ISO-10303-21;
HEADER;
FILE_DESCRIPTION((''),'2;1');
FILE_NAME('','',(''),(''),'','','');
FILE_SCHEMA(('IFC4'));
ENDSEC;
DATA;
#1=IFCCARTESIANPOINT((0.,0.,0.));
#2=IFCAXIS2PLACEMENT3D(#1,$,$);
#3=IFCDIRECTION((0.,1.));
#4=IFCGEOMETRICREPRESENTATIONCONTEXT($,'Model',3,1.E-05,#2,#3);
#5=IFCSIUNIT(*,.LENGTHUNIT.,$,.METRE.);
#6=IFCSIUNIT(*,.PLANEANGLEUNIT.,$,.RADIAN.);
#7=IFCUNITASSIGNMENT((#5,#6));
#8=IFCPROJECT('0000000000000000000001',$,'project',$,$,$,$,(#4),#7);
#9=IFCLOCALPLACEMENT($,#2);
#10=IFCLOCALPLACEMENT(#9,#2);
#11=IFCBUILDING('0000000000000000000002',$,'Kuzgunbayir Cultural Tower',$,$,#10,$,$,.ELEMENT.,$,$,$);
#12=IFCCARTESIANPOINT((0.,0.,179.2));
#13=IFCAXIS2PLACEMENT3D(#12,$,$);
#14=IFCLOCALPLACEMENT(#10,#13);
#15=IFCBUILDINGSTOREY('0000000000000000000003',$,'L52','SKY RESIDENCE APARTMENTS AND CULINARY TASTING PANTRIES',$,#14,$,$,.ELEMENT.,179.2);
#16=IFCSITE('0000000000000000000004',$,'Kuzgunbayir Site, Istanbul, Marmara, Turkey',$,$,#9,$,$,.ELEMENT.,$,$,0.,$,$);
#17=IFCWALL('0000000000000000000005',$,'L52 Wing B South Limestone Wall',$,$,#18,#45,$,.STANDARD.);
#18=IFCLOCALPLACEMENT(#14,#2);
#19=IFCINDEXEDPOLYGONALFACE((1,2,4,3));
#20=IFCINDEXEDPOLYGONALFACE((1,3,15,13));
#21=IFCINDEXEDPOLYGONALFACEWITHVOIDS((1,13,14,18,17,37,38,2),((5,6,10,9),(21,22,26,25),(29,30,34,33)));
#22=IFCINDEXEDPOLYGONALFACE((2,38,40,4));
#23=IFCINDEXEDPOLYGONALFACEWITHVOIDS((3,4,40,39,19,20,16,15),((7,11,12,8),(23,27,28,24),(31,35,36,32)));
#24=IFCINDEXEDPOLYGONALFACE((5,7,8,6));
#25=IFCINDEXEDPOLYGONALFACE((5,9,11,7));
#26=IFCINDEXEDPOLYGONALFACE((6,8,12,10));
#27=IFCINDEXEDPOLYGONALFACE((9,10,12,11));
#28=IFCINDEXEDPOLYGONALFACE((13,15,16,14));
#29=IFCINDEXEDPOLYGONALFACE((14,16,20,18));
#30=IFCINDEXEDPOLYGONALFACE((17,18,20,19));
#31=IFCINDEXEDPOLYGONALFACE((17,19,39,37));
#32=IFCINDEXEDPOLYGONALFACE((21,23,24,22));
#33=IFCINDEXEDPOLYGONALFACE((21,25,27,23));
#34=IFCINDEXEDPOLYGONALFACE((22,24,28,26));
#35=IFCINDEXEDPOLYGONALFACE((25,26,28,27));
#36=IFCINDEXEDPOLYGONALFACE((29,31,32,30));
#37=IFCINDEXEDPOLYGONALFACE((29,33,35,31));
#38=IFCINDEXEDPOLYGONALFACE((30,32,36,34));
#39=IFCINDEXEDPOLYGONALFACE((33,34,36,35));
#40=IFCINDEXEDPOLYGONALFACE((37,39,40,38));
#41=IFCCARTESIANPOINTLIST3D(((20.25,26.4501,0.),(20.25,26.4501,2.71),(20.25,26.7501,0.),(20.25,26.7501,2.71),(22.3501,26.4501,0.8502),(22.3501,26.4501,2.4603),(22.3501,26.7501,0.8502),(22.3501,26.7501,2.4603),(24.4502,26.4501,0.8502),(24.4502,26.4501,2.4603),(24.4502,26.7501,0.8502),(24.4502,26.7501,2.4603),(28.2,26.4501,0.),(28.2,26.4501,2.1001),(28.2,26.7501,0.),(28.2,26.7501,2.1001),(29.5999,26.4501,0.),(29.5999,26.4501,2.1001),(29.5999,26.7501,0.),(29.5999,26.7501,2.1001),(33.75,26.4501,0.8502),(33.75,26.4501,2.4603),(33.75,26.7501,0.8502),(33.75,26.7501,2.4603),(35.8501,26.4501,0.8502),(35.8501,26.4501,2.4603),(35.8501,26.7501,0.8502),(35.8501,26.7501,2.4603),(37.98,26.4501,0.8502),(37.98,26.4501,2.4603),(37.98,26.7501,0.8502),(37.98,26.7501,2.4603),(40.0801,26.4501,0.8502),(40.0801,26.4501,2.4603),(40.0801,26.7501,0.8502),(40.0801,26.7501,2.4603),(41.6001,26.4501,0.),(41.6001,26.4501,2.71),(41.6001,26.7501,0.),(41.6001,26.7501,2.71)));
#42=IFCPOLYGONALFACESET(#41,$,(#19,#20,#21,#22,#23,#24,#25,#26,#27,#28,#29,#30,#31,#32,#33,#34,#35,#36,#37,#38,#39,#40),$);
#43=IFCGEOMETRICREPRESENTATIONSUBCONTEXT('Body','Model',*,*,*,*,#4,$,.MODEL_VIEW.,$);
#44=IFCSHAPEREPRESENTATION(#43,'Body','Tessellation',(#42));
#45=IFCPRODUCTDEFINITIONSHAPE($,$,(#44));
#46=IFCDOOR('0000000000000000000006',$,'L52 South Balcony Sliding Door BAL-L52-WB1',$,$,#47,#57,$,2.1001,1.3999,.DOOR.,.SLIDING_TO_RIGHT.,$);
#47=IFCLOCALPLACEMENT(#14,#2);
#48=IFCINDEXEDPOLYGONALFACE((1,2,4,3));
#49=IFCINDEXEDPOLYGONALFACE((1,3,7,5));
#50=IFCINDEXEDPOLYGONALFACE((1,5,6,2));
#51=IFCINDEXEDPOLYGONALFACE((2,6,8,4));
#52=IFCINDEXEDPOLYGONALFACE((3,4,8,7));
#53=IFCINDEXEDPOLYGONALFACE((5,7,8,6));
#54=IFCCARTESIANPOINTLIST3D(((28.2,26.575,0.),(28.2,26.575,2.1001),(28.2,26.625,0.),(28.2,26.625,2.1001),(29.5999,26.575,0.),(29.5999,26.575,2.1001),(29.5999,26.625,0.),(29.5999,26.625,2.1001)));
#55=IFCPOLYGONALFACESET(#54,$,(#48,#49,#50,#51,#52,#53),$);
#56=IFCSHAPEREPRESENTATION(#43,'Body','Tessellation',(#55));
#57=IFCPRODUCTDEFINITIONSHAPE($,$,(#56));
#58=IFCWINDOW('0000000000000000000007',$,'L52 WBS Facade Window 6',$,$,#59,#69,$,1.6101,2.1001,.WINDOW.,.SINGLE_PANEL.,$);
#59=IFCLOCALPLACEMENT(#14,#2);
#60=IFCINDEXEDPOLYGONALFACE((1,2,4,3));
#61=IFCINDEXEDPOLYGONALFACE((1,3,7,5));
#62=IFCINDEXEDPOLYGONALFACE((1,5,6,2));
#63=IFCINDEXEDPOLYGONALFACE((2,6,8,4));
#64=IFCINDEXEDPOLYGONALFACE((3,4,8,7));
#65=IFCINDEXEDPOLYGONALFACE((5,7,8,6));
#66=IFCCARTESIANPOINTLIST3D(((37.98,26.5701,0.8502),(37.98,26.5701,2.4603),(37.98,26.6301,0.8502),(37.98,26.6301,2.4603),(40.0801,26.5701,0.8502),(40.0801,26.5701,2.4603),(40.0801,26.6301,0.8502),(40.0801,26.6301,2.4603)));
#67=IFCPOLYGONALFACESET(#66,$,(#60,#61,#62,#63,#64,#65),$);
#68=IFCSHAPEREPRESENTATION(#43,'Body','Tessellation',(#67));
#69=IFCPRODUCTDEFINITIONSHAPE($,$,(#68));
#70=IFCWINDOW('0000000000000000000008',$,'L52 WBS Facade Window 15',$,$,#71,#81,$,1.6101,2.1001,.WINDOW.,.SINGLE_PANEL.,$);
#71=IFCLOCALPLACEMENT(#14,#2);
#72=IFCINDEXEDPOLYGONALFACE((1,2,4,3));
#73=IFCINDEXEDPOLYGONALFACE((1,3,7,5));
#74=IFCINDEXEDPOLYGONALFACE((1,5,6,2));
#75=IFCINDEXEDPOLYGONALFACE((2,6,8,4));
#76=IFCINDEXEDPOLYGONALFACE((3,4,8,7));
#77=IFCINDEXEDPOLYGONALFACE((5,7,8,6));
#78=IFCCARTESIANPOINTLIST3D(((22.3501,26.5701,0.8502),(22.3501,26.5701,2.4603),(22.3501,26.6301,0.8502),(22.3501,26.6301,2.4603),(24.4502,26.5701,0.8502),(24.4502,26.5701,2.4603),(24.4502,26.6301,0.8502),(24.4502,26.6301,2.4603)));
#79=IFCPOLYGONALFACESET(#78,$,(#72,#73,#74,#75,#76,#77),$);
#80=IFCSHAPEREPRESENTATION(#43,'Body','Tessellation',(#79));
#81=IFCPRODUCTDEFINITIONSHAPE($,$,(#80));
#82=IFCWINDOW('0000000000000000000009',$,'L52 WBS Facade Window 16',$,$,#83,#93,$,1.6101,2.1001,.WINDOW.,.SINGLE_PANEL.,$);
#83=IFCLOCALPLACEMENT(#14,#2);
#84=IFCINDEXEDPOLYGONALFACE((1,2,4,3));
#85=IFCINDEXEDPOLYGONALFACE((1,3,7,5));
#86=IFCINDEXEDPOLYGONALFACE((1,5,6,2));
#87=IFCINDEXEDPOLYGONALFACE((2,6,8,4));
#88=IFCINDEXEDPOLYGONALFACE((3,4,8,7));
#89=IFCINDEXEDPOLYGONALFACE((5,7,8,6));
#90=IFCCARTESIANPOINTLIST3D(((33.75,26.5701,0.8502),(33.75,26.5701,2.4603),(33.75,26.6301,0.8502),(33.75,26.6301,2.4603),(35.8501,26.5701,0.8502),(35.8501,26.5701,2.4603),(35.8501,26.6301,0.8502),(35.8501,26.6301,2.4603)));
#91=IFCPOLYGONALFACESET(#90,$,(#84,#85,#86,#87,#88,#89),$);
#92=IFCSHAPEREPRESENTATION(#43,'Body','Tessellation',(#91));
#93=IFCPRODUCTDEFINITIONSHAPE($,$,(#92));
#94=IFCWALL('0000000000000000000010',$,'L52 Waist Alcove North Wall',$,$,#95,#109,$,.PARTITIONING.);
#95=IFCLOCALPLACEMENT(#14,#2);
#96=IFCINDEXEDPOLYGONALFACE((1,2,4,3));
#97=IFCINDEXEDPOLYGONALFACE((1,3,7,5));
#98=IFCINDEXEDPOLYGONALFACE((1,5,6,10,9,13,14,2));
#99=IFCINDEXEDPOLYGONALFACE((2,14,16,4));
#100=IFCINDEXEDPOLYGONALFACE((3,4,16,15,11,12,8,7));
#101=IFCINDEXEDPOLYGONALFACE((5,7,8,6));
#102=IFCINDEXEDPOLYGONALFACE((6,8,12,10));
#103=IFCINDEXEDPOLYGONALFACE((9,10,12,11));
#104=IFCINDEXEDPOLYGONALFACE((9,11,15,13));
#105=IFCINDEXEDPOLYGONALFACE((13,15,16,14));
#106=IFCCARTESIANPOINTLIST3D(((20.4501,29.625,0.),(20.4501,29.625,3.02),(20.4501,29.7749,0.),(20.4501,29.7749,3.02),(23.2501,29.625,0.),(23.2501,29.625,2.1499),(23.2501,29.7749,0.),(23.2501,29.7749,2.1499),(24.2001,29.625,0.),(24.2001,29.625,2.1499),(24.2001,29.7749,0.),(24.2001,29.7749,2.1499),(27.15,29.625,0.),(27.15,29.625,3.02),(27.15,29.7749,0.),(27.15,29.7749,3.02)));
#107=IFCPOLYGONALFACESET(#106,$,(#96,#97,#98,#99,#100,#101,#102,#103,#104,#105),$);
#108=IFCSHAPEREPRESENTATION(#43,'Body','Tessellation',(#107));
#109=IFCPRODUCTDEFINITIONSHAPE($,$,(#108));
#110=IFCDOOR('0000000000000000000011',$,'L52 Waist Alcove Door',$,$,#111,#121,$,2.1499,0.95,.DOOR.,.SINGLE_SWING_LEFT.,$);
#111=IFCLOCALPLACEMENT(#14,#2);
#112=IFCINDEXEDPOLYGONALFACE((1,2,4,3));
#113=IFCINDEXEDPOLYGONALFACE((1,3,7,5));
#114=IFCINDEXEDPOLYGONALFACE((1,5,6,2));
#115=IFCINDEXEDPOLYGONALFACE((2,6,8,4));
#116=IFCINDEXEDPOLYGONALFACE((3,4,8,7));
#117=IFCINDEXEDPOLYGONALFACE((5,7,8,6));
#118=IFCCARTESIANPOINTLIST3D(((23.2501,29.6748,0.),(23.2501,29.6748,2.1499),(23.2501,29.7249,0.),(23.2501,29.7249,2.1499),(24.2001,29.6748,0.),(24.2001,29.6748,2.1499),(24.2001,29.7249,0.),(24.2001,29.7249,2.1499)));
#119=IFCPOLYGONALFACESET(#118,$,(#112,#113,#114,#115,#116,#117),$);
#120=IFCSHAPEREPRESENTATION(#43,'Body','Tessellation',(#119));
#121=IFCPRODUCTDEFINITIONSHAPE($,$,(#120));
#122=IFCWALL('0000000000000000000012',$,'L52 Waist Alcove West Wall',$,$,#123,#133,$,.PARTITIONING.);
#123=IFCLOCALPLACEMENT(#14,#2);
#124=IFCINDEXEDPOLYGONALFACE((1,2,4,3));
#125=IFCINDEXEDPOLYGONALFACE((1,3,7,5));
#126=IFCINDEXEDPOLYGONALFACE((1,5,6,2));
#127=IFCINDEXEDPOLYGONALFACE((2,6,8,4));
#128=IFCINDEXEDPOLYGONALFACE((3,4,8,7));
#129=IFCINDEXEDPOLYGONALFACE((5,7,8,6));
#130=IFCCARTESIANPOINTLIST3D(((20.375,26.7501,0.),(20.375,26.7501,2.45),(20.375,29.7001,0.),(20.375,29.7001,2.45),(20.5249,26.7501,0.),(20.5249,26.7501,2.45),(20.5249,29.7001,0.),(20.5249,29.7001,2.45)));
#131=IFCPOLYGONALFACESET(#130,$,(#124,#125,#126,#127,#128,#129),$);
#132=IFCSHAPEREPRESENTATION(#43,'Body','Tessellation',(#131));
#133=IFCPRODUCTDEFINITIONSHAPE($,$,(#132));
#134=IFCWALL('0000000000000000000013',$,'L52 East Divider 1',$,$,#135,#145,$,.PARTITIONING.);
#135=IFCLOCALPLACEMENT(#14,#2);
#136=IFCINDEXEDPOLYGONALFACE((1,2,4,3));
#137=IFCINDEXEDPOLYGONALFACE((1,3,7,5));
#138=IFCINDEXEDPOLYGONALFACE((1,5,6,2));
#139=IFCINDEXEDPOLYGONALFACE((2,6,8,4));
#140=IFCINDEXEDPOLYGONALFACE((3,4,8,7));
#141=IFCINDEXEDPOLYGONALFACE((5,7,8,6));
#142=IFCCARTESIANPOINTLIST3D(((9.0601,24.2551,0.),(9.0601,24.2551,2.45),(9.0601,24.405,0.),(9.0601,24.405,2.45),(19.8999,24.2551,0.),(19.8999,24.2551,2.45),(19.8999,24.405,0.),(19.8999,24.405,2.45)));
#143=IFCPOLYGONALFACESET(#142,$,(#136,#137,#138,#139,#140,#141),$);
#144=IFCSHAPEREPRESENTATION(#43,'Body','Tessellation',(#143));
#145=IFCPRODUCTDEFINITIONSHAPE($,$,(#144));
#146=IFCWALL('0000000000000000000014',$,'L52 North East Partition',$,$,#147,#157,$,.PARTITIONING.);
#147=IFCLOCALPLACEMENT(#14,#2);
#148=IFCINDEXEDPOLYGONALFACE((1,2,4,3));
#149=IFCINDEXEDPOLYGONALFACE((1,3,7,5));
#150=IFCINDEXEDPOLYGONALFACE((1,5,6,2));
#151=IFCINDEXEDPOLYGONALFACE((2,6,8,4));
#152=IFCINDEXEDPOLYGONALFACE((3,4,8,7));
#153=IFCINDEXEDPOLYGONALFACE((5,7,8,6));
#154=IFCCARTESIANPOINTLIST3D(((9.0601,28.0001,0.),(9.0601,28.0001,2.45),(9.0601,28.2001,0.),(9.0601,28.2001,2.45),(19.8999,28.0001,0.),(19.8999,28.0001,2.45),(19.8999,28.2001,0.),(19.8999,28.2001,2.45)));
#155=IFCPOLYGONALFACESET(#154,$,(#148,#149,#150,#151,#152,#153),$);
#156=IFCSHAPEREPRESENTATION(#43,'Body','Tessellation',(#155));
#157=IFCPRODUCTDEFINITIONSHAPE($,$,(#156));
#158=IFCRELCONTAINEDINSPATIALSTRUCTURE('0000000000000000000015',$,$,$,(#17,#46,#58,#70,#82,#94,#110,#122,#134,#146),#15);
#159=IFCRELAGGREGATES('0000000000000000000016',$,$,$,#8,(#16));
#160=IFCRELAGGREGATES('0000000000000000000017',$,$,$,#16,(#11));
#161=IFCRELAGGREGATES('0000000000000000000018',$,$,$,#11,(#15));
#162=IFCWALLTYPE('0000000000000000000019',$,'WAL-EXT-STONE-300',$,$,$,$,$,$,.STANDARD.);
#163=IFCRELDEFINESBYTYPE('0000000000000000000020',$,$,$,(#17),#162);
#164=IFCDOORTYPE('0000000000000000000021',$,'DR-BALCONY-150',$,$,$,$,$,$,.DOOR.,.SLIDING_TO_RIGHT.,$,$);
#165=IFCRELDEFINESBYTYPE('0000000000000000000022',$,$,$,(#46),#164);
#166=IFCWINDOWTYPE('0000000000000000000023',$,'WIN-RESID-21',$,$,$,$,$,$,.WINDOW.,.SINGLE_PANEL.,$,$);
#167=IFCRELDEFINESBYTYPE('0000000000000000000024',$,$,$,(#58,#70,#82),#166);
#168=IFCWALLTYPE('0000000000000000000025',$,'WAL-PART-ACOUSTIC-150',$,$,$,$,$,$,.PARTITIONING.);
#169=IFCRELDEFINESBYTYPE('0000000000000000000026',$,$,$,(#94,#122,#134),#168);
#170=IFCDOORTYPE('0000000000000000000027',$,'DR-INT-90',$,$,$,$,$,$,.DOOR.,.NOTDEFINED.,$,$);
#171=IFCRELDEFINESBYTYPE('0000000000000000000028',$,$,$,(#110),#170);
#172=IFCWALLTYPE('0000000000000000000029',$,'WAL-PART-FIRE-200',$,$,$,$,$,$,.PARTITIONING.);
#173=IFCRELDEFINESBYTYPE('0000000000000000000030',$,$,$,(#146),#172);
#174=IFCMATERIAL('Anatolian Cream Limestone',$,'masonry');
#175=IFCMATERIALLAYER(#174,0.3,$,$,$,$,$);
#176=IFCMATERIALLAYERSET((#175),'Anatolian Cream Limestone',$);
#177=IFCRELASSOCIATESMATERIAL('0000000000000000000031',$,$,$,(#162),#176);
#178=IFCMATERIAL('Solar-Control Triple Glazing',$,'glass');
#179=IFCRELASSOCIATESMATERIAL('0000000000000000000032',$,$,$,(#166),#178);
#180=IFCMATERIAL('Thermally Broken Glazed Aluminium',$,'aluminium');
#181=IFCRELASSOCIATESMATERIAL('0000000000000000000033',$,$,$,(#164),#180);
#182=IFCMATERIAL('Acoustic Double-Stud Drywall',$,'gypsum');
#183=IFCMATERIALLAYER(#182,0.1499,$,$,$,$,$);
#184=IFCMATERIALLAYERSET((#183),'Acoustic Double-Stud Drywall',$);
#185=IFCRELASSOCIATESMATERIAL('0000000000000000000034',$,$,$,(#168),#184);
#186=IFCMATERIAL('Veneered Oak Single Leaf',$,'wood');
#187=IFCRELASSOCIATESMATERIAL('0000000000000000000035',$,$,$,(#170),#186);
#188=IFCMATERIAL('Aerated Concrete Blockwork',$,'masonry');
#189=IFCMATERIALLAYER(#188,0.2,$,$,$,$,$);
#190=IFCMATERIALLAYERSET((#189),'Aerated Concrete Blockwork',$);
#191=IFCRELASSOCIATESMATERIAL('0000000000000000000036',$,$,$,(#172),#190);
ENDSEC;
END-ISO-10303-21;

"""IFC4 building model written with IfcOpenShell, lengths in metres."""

from ifc_helpers import new_model, si_unit, direction, frame, frame_2d, origin, place, context, subcontext, project, spatial, rectangle, extrude, material, layer, layer_set, type_object, element, fill, save


model = new_model("IFC4")

# Units and contexts
model_context = context("Model", 3, precision=1e-05, world=origin(), true_north=direction((0.0, 1.0)))
body_context = subcontext(model_context, "Body", "Model", "MODEL_VIEW")
ifc_project = project(units=[si_unit("LENGTHUNIT", "METRE"), si_unit("PLANEANGLEUNIT", "RADIAN")], contexts=[model_context])

# Site, building, storey
site_placement = place(None, origin())
site = spatial("IfcSite", under=ifc_project, at=site_placement, Name="Kuzgunbayir Site, Istanbul, Marmara, Turkey", CompositionType="ELEMENT", RefElevation=0.0)
building_placement = place(site_placement, origin())
building = spatial("IfcBuilding", under=site, at=building_placement, Name="Kuzgunbayir Cultural Tower", CompositionType="ELEMENT")
storey_placement = place(building_placement, frame((0.0, 0.0, 179.2)))
storey = spatial("IfcBuildingStorey", under=building, at=storey_placement, Name="L52", Description="SKY RESIDENCE APARTMENTS AND CULINARY TASTING PANTRIES", CompositionType="ELEMENT", Elevation=179.2)

# Shared definitions
ifc_material_1 = material(Name="Anatolian Cream Limestone", Category="masonry")
ifc_layer_1 = layer(ifc_material_1, 0.3)
ifc_layer_set_1 = layer_set([ifc_layer_1], Name="Anatolian Cream Limestone")
wall_type_1 = type_object("IfcWallType", Name="WAL-EXT-STONE-300", PredefinedType="STANDARD", material=ifc_layer_set_1)
ifc_material_2 = material(Name="Solar-Control Triple Glazing", Category="glass")
window_type = type_object("IfcWindowType", Name="WIN-RESID-21", PartitioningType="SINGLE_PANEL", PredefinedType="WINDOW", material=ifc_material_2)

# Wall, openings, door, windows
wall_1_placement = place(storey_placement, frame((20.25, 26.6001, 0.0), z_axis=(0.0, 0.0, 1.0), x_axis=(1.0, 0.0, 0.0)))
wall_1 = element("IfcWall", 1, at=wall_1_placement, inside=storey, type_object=wall_type_1, Name="L52 Wing B South Limestone Wall", PredefinedType="STANDARD", context=body_context, shape_type="SweptSolid", body=[
    extrude(rectangle(XDim=21.3501, YDim=0.3, at=frame_2d((10.675, 0.0))), origin(), (0.0, 0.0, 1.0), 2.71),
])
opening_1_placement = place(wall_1_placement, frame((7.95, 0.0, 0.0)))
opening_1 = element("IfcOpeningElement", 2, at=opening_1_placement, cuts=wall_1, PredefinedType="OPENING", context=body_context, shape_type="SweptSolid", body=[
    extrude(rectangle(XDim=1.3999, YDim=2.1001, at=frame_2d((0.7, 1.05))), frame((0.0, 0.1602, 0.0), z_axis=(0.0, -1.0, 0.0), x_axis=(1.0, 0.0, 0.0)), (0.0, 0.0, 1.0), 0.3201),
])
opening_2_placement = place(wall_1_placement, frame((17.73, 0.0, 0.8501)))
opening_2 = element("IfcOpeningElement", 3, at=opening_2_placement, cuts=wall_1, PredefinedType="OPENING", context=body_context, shape_type="SweptSolid", body=[
    extrude(rectangle(XDim=2.1001, YDim=1.6101, at=frame_2d((1.05, 0.8052))), frame((0.0, 0.1602, 0.0), z_axis=(0.0, -1.0, 0.0), x_axis=(1.0, 0.0, 0.0)), (0.0, 0.0, 1.0), 0.3201),
])
opening_3_placement = place(wall_1_placement, frame((2.1001, 0.0, 0.8501)))
opening_3 = element("IfcOpeningElement", 4, at=opening_3_placement, cuts=wall_1, PredefinedType="OPENING", context=body_context, shape_type="SweptSolid", body=[
    extrude(rectangle(XDim=2.1001, YDim=1.6101, at=frame_2d((1.05, 0.8052))), frame((0.0, 0.1602, 0.0), z_axis=(0.0, -1.0, 0.0), x_axis=(1.0, 0.0, 0.0)), (0.0, 0.0, 1.0), 0.3201),
])
opening_4_placement = place(wall_1_placement, frame((13.5, 0.0, 0.8501)))
opening_4 = element("IfcOpeningElement", 5, at=opening_4_placement, cuts=wall_1, PredefinedType="OPENING", context=body_context, shape_type="SweptSolid", body=[
    extrude(rectangle(XDim=2.1001, YDim=1.6101, at=frame_2d((1.05, 0.8052))), frame((0.0, 0.1602, 0.0), z_axis=(0.0, -1.0, 0.0), x_axis=(1.0, 0.0, 0.0)), (0.0, 0.0, 1.0), 0.3201),
])
ifc_material_3 = material(Name="Thermally Broken Glazed Aluminium", Category="aluminium")
door_type_1 = type_object("IfcDoorType", Name="DR-BALCONY-150", OperationType="SLIDING_TO_RIGHT", PredefinedType="DOOR", material=ifc_material_3)
door_1_placement = place(opening_1_placement, origin())
door_1 = element("IfcDoor", 6, at=door_1_placement, inside=storey, type_object=door_type_1, Name="L52 South Balcony Sliding Door BAL-L52-WB1", OperationType="SLIDING_TO_RIGHT", OverallHeight=2.1001, OverallWidth=1.3999, PredefinedType="DOOR", context=body_context, shape_type="SweptSolid", body=[
    extrude(rectangle(XDim=1.3999, YDim=2.1001, at=frame_2d((0.7, 1.05))), frame((0.0, 0.0249, 0.0), z_axis=(0.0, -1.0, 0.0), x_axis=(1.0, 0.0, 0.0)), (0.0, 0.0, 1.0), 0.05),
])
fill(opening_1, door_1)
window_1_placement = place(opening_2_placement, origin())
window_1 = element("IfcWindow", 7, at=window_1_placement, inside=storey, type_object=window_type, Name="L52 WBS Facade Window 6", OverallHeight=1.6101, OverallWidth=2.1001, PartitioningType="SINGLE_PANEL", PredefinedType="WINDOW", context=body_context, shape_type="SweptSolid", body=[
    extrude(rectangle(XDim=2.1001, YDim=1.6101, at=frame_2d((1.05, 0.8052))), frame((0.0, 0.03, 0.0), z_axis=(0.0, -1.0, 0.0), x_axis=(1.0, 0.0, 0.0)), (0.0, 0.0, 1.0), 0.0601),
])
fill(opening_2, window_1)
window_2_placement = place(opening_3_placement, origin())
window_2 = element("IfcWindow", 8, at=window_2_placement, inside=storey, type_object=window_type, Name="L52 WBS Facade Window 15", OverallHeight=1.6101, OverallWidth=2.1001, PartitioningType="SINGLE_PANEL", PredefinedType="WINDOW", context=body_context, shape_type="SweptSolid", body=[
    extrude(rectangle(XDim=2.1001, YDim=1.6101, at=frame_2d((1.05, 0.8052))), frame((0.0, 0.03, 0.0), z_axis=(0.0, -1.0, 0.0), x_axis=(1.0, 0.0, 0.0)), (0.0, 0.0, 1.0), 0.0601),
])
fill(opening_3, window_2)
window_3_placement = place(opening_4_placement, origin())
window_3 = element("IfcWindow", 9, at=window_3_placement, inside=storey, type_object=window_type, Name="L52 WBS Facade Window 16", OverallHeight=1.6101, OverallWidth=2.1001, PartitioningType="SINGLE_PANEL", PredefinedType="WINDOW", context=body_context, shape_type="SweptSolid", body=[
    extrude(rectangle(XDim=2.1001, YDim=1.6101, at=frame_2d((1.05, 0.8052))), frame((0.0, 0.03, 0.0), z_axis=(0.0, -1.0, 0.0), x_axis=(1.0, 0.0, 0.0)), (0.0, 0.0, 1.0), 0.0601),
])
fill(opening_4, window_3)

# Wall, opening, door
ifc_material_4 = material(Name="Acoustic Double-Stud Drywall", Category="gypsum")
ifc_layer_2 = layer(ifc_material_4, 0.1499)
ifc_layer_set_2 = layer_set([ifc_layer_2], Name="Acoustic Double-Stud Drywall")
wall_type_2 = type_object("IfcWallType", Name="WAL-PART-ACOUSTIC-150", PredefinedType="PARTITIONING", material=ifc_layer_set_2)
wall_2_placement = place(storey_placement, frame((20.45, 29.7, 0.0), z_axis=(0.0, 0.0, 1.0), x_axis=(1.0, 0.0, 0.0)))
wall_2 = element("IfcWall", 10, at=wall_2_placement, inside=storey, type_object=wall_type_2, Name="L52 Waist Alcove North Wall", PredefinedType="PARTITIONING", context=body_context, shape_type="SweptSolid", body=[
    extrude(rectangle(XDim=6.7, YDim=0.1499, at=frame_2d((3.3501, 0.0))), origin(), (0.0, 0.0, 1.0), 3.02),
])
opening_5_placement = place(wall_2_placement, frame((2.8, 0.0, 0.0)))
opening_5 = element("IfcOpeningElement", 11, at=opening_5_placement, cuts=wall_2, PredefinedType="OPENING", context=body_context, shape_type="SweptSolid", body=[
    extrude(rectangle(XDim=0.95, YDim=2.1499, at=frame_2d((0.4751, 1.075))), frame((0.0, 0.085, 0.0), z_axis=(0.0, -1.0, 0.0), x_axis=(1.0, 0.0, 0.0)), (0.0, 0.0, 1.0), 0.1699),
])
ifc_material_5 = material(Name="Veneered Oak Single Leaf", Category="wood")
door_type_2 = type_object("IfcDoorType", Name="DR-INT-90", OperationType="NOTDEFINED", PredefinedType="DOOR", material=ifc_material_5)
door_2_placement = place(opening_5_placement, origin())
door_2 = element("IfcDoor", 12, at=door_2_placement, inside=storey, type_object=door_type_2, Name="L52 Waist Alcove Door", OperationType="SINGLE_SWING_LEFT", OverallHeight=2.1499, OverallWidth=0.95, PredefinedType="DOOR", context=body_context, shape_type="SweptSolid", body=[
    extrude(rectangle(XDim=0.95, YDim=2.1499, at=frame_2d((0.4751, 1.075))), frame((0.0, 0.0249, 0.0), z_axis=(0.0, -1.0, 0.0), x_axis=(1.0, 0.0, 0.0)), (0.0, 0.0, 1.0), 0.05),
])
fill(opening_5, door_2)

# Walls
wall_3_placement = place(storey_placement, frame((20.45, 26.75, 0.0), z_axis=(0.0, 0.0, 1.0), x_axis=(0.0, 1.0, 0.0)))
element("IfcWall", 13, at=wall_3_placement, inside=storey, type_object=wall_type_2, Name="L52 Waist Alcove West Wall", PredefinedType="PARTITIONING", context=body_context, shape_type="SweptSolid", body=[
    extrude(rectangle(XDim=2.95, YDim=0.1499, at=frame_2d((1.4751, 0.0))), origin(), (0.0, 0.0, 1.0), 2.45),
])
wall_4_placement = place(storey_placement, frame((9.0601, 24.3301, 0.0), z_axis=(0.0, 0.0, 1.0), x_axis=(1.0, 0.0, 0.0)))
element("IfcWall", 14, at=wall_4_placement, inside=storey, type_object=wall_type_2, Name="L52 East Divider 1", PredefinedType="PARTITIONING", context=body_context, shape_type="SweptSolid", body=[
    extrude(rectangle(XDim=10.8398, YDim=0.1499, at=frame_2d((5.4199, 0.0))), origin(), (0.0, 0.0, 1.0), 2.45),
])
ifc_material_6 = material(Name="Aerated Concrete Blockwork", Category="masonry")
ifc_layer_3 = layer(ifc_material_6, 0.2)
ifc_layer_set_3 = layer_set([ifc_layer_3], Name="Aerated Concrete Blockwork")
wall_type_3 = type_object("IfcWallType", Name="WAL-PART-FIRE-200", PredefinedType="PARTITIONING", material=ifc_layer_set_3)
wall_5_placement = place(storey_placement, frame((9.0601, 28.1001, 0.0), z_axis=(0.0, 0.0, 1.0), x_axis=(1.0, 0.0, 0.0)))
element("IfcWall", 15, at=wall_5_placement, inside=storey, type_object=wall_type_3, Name="L52 North East Partition", PredefinedType="PARTITIONING", context=body_context, shape_type="SweptSolid", body=[
    extrude(rectangle(XDim=10.8398, YDim=0.2, at=frame_2d((5.4199, 0.0))), origin(), (0.0, 0.0, 1.0), 2.45),
])

save(model, "model.ifc")
